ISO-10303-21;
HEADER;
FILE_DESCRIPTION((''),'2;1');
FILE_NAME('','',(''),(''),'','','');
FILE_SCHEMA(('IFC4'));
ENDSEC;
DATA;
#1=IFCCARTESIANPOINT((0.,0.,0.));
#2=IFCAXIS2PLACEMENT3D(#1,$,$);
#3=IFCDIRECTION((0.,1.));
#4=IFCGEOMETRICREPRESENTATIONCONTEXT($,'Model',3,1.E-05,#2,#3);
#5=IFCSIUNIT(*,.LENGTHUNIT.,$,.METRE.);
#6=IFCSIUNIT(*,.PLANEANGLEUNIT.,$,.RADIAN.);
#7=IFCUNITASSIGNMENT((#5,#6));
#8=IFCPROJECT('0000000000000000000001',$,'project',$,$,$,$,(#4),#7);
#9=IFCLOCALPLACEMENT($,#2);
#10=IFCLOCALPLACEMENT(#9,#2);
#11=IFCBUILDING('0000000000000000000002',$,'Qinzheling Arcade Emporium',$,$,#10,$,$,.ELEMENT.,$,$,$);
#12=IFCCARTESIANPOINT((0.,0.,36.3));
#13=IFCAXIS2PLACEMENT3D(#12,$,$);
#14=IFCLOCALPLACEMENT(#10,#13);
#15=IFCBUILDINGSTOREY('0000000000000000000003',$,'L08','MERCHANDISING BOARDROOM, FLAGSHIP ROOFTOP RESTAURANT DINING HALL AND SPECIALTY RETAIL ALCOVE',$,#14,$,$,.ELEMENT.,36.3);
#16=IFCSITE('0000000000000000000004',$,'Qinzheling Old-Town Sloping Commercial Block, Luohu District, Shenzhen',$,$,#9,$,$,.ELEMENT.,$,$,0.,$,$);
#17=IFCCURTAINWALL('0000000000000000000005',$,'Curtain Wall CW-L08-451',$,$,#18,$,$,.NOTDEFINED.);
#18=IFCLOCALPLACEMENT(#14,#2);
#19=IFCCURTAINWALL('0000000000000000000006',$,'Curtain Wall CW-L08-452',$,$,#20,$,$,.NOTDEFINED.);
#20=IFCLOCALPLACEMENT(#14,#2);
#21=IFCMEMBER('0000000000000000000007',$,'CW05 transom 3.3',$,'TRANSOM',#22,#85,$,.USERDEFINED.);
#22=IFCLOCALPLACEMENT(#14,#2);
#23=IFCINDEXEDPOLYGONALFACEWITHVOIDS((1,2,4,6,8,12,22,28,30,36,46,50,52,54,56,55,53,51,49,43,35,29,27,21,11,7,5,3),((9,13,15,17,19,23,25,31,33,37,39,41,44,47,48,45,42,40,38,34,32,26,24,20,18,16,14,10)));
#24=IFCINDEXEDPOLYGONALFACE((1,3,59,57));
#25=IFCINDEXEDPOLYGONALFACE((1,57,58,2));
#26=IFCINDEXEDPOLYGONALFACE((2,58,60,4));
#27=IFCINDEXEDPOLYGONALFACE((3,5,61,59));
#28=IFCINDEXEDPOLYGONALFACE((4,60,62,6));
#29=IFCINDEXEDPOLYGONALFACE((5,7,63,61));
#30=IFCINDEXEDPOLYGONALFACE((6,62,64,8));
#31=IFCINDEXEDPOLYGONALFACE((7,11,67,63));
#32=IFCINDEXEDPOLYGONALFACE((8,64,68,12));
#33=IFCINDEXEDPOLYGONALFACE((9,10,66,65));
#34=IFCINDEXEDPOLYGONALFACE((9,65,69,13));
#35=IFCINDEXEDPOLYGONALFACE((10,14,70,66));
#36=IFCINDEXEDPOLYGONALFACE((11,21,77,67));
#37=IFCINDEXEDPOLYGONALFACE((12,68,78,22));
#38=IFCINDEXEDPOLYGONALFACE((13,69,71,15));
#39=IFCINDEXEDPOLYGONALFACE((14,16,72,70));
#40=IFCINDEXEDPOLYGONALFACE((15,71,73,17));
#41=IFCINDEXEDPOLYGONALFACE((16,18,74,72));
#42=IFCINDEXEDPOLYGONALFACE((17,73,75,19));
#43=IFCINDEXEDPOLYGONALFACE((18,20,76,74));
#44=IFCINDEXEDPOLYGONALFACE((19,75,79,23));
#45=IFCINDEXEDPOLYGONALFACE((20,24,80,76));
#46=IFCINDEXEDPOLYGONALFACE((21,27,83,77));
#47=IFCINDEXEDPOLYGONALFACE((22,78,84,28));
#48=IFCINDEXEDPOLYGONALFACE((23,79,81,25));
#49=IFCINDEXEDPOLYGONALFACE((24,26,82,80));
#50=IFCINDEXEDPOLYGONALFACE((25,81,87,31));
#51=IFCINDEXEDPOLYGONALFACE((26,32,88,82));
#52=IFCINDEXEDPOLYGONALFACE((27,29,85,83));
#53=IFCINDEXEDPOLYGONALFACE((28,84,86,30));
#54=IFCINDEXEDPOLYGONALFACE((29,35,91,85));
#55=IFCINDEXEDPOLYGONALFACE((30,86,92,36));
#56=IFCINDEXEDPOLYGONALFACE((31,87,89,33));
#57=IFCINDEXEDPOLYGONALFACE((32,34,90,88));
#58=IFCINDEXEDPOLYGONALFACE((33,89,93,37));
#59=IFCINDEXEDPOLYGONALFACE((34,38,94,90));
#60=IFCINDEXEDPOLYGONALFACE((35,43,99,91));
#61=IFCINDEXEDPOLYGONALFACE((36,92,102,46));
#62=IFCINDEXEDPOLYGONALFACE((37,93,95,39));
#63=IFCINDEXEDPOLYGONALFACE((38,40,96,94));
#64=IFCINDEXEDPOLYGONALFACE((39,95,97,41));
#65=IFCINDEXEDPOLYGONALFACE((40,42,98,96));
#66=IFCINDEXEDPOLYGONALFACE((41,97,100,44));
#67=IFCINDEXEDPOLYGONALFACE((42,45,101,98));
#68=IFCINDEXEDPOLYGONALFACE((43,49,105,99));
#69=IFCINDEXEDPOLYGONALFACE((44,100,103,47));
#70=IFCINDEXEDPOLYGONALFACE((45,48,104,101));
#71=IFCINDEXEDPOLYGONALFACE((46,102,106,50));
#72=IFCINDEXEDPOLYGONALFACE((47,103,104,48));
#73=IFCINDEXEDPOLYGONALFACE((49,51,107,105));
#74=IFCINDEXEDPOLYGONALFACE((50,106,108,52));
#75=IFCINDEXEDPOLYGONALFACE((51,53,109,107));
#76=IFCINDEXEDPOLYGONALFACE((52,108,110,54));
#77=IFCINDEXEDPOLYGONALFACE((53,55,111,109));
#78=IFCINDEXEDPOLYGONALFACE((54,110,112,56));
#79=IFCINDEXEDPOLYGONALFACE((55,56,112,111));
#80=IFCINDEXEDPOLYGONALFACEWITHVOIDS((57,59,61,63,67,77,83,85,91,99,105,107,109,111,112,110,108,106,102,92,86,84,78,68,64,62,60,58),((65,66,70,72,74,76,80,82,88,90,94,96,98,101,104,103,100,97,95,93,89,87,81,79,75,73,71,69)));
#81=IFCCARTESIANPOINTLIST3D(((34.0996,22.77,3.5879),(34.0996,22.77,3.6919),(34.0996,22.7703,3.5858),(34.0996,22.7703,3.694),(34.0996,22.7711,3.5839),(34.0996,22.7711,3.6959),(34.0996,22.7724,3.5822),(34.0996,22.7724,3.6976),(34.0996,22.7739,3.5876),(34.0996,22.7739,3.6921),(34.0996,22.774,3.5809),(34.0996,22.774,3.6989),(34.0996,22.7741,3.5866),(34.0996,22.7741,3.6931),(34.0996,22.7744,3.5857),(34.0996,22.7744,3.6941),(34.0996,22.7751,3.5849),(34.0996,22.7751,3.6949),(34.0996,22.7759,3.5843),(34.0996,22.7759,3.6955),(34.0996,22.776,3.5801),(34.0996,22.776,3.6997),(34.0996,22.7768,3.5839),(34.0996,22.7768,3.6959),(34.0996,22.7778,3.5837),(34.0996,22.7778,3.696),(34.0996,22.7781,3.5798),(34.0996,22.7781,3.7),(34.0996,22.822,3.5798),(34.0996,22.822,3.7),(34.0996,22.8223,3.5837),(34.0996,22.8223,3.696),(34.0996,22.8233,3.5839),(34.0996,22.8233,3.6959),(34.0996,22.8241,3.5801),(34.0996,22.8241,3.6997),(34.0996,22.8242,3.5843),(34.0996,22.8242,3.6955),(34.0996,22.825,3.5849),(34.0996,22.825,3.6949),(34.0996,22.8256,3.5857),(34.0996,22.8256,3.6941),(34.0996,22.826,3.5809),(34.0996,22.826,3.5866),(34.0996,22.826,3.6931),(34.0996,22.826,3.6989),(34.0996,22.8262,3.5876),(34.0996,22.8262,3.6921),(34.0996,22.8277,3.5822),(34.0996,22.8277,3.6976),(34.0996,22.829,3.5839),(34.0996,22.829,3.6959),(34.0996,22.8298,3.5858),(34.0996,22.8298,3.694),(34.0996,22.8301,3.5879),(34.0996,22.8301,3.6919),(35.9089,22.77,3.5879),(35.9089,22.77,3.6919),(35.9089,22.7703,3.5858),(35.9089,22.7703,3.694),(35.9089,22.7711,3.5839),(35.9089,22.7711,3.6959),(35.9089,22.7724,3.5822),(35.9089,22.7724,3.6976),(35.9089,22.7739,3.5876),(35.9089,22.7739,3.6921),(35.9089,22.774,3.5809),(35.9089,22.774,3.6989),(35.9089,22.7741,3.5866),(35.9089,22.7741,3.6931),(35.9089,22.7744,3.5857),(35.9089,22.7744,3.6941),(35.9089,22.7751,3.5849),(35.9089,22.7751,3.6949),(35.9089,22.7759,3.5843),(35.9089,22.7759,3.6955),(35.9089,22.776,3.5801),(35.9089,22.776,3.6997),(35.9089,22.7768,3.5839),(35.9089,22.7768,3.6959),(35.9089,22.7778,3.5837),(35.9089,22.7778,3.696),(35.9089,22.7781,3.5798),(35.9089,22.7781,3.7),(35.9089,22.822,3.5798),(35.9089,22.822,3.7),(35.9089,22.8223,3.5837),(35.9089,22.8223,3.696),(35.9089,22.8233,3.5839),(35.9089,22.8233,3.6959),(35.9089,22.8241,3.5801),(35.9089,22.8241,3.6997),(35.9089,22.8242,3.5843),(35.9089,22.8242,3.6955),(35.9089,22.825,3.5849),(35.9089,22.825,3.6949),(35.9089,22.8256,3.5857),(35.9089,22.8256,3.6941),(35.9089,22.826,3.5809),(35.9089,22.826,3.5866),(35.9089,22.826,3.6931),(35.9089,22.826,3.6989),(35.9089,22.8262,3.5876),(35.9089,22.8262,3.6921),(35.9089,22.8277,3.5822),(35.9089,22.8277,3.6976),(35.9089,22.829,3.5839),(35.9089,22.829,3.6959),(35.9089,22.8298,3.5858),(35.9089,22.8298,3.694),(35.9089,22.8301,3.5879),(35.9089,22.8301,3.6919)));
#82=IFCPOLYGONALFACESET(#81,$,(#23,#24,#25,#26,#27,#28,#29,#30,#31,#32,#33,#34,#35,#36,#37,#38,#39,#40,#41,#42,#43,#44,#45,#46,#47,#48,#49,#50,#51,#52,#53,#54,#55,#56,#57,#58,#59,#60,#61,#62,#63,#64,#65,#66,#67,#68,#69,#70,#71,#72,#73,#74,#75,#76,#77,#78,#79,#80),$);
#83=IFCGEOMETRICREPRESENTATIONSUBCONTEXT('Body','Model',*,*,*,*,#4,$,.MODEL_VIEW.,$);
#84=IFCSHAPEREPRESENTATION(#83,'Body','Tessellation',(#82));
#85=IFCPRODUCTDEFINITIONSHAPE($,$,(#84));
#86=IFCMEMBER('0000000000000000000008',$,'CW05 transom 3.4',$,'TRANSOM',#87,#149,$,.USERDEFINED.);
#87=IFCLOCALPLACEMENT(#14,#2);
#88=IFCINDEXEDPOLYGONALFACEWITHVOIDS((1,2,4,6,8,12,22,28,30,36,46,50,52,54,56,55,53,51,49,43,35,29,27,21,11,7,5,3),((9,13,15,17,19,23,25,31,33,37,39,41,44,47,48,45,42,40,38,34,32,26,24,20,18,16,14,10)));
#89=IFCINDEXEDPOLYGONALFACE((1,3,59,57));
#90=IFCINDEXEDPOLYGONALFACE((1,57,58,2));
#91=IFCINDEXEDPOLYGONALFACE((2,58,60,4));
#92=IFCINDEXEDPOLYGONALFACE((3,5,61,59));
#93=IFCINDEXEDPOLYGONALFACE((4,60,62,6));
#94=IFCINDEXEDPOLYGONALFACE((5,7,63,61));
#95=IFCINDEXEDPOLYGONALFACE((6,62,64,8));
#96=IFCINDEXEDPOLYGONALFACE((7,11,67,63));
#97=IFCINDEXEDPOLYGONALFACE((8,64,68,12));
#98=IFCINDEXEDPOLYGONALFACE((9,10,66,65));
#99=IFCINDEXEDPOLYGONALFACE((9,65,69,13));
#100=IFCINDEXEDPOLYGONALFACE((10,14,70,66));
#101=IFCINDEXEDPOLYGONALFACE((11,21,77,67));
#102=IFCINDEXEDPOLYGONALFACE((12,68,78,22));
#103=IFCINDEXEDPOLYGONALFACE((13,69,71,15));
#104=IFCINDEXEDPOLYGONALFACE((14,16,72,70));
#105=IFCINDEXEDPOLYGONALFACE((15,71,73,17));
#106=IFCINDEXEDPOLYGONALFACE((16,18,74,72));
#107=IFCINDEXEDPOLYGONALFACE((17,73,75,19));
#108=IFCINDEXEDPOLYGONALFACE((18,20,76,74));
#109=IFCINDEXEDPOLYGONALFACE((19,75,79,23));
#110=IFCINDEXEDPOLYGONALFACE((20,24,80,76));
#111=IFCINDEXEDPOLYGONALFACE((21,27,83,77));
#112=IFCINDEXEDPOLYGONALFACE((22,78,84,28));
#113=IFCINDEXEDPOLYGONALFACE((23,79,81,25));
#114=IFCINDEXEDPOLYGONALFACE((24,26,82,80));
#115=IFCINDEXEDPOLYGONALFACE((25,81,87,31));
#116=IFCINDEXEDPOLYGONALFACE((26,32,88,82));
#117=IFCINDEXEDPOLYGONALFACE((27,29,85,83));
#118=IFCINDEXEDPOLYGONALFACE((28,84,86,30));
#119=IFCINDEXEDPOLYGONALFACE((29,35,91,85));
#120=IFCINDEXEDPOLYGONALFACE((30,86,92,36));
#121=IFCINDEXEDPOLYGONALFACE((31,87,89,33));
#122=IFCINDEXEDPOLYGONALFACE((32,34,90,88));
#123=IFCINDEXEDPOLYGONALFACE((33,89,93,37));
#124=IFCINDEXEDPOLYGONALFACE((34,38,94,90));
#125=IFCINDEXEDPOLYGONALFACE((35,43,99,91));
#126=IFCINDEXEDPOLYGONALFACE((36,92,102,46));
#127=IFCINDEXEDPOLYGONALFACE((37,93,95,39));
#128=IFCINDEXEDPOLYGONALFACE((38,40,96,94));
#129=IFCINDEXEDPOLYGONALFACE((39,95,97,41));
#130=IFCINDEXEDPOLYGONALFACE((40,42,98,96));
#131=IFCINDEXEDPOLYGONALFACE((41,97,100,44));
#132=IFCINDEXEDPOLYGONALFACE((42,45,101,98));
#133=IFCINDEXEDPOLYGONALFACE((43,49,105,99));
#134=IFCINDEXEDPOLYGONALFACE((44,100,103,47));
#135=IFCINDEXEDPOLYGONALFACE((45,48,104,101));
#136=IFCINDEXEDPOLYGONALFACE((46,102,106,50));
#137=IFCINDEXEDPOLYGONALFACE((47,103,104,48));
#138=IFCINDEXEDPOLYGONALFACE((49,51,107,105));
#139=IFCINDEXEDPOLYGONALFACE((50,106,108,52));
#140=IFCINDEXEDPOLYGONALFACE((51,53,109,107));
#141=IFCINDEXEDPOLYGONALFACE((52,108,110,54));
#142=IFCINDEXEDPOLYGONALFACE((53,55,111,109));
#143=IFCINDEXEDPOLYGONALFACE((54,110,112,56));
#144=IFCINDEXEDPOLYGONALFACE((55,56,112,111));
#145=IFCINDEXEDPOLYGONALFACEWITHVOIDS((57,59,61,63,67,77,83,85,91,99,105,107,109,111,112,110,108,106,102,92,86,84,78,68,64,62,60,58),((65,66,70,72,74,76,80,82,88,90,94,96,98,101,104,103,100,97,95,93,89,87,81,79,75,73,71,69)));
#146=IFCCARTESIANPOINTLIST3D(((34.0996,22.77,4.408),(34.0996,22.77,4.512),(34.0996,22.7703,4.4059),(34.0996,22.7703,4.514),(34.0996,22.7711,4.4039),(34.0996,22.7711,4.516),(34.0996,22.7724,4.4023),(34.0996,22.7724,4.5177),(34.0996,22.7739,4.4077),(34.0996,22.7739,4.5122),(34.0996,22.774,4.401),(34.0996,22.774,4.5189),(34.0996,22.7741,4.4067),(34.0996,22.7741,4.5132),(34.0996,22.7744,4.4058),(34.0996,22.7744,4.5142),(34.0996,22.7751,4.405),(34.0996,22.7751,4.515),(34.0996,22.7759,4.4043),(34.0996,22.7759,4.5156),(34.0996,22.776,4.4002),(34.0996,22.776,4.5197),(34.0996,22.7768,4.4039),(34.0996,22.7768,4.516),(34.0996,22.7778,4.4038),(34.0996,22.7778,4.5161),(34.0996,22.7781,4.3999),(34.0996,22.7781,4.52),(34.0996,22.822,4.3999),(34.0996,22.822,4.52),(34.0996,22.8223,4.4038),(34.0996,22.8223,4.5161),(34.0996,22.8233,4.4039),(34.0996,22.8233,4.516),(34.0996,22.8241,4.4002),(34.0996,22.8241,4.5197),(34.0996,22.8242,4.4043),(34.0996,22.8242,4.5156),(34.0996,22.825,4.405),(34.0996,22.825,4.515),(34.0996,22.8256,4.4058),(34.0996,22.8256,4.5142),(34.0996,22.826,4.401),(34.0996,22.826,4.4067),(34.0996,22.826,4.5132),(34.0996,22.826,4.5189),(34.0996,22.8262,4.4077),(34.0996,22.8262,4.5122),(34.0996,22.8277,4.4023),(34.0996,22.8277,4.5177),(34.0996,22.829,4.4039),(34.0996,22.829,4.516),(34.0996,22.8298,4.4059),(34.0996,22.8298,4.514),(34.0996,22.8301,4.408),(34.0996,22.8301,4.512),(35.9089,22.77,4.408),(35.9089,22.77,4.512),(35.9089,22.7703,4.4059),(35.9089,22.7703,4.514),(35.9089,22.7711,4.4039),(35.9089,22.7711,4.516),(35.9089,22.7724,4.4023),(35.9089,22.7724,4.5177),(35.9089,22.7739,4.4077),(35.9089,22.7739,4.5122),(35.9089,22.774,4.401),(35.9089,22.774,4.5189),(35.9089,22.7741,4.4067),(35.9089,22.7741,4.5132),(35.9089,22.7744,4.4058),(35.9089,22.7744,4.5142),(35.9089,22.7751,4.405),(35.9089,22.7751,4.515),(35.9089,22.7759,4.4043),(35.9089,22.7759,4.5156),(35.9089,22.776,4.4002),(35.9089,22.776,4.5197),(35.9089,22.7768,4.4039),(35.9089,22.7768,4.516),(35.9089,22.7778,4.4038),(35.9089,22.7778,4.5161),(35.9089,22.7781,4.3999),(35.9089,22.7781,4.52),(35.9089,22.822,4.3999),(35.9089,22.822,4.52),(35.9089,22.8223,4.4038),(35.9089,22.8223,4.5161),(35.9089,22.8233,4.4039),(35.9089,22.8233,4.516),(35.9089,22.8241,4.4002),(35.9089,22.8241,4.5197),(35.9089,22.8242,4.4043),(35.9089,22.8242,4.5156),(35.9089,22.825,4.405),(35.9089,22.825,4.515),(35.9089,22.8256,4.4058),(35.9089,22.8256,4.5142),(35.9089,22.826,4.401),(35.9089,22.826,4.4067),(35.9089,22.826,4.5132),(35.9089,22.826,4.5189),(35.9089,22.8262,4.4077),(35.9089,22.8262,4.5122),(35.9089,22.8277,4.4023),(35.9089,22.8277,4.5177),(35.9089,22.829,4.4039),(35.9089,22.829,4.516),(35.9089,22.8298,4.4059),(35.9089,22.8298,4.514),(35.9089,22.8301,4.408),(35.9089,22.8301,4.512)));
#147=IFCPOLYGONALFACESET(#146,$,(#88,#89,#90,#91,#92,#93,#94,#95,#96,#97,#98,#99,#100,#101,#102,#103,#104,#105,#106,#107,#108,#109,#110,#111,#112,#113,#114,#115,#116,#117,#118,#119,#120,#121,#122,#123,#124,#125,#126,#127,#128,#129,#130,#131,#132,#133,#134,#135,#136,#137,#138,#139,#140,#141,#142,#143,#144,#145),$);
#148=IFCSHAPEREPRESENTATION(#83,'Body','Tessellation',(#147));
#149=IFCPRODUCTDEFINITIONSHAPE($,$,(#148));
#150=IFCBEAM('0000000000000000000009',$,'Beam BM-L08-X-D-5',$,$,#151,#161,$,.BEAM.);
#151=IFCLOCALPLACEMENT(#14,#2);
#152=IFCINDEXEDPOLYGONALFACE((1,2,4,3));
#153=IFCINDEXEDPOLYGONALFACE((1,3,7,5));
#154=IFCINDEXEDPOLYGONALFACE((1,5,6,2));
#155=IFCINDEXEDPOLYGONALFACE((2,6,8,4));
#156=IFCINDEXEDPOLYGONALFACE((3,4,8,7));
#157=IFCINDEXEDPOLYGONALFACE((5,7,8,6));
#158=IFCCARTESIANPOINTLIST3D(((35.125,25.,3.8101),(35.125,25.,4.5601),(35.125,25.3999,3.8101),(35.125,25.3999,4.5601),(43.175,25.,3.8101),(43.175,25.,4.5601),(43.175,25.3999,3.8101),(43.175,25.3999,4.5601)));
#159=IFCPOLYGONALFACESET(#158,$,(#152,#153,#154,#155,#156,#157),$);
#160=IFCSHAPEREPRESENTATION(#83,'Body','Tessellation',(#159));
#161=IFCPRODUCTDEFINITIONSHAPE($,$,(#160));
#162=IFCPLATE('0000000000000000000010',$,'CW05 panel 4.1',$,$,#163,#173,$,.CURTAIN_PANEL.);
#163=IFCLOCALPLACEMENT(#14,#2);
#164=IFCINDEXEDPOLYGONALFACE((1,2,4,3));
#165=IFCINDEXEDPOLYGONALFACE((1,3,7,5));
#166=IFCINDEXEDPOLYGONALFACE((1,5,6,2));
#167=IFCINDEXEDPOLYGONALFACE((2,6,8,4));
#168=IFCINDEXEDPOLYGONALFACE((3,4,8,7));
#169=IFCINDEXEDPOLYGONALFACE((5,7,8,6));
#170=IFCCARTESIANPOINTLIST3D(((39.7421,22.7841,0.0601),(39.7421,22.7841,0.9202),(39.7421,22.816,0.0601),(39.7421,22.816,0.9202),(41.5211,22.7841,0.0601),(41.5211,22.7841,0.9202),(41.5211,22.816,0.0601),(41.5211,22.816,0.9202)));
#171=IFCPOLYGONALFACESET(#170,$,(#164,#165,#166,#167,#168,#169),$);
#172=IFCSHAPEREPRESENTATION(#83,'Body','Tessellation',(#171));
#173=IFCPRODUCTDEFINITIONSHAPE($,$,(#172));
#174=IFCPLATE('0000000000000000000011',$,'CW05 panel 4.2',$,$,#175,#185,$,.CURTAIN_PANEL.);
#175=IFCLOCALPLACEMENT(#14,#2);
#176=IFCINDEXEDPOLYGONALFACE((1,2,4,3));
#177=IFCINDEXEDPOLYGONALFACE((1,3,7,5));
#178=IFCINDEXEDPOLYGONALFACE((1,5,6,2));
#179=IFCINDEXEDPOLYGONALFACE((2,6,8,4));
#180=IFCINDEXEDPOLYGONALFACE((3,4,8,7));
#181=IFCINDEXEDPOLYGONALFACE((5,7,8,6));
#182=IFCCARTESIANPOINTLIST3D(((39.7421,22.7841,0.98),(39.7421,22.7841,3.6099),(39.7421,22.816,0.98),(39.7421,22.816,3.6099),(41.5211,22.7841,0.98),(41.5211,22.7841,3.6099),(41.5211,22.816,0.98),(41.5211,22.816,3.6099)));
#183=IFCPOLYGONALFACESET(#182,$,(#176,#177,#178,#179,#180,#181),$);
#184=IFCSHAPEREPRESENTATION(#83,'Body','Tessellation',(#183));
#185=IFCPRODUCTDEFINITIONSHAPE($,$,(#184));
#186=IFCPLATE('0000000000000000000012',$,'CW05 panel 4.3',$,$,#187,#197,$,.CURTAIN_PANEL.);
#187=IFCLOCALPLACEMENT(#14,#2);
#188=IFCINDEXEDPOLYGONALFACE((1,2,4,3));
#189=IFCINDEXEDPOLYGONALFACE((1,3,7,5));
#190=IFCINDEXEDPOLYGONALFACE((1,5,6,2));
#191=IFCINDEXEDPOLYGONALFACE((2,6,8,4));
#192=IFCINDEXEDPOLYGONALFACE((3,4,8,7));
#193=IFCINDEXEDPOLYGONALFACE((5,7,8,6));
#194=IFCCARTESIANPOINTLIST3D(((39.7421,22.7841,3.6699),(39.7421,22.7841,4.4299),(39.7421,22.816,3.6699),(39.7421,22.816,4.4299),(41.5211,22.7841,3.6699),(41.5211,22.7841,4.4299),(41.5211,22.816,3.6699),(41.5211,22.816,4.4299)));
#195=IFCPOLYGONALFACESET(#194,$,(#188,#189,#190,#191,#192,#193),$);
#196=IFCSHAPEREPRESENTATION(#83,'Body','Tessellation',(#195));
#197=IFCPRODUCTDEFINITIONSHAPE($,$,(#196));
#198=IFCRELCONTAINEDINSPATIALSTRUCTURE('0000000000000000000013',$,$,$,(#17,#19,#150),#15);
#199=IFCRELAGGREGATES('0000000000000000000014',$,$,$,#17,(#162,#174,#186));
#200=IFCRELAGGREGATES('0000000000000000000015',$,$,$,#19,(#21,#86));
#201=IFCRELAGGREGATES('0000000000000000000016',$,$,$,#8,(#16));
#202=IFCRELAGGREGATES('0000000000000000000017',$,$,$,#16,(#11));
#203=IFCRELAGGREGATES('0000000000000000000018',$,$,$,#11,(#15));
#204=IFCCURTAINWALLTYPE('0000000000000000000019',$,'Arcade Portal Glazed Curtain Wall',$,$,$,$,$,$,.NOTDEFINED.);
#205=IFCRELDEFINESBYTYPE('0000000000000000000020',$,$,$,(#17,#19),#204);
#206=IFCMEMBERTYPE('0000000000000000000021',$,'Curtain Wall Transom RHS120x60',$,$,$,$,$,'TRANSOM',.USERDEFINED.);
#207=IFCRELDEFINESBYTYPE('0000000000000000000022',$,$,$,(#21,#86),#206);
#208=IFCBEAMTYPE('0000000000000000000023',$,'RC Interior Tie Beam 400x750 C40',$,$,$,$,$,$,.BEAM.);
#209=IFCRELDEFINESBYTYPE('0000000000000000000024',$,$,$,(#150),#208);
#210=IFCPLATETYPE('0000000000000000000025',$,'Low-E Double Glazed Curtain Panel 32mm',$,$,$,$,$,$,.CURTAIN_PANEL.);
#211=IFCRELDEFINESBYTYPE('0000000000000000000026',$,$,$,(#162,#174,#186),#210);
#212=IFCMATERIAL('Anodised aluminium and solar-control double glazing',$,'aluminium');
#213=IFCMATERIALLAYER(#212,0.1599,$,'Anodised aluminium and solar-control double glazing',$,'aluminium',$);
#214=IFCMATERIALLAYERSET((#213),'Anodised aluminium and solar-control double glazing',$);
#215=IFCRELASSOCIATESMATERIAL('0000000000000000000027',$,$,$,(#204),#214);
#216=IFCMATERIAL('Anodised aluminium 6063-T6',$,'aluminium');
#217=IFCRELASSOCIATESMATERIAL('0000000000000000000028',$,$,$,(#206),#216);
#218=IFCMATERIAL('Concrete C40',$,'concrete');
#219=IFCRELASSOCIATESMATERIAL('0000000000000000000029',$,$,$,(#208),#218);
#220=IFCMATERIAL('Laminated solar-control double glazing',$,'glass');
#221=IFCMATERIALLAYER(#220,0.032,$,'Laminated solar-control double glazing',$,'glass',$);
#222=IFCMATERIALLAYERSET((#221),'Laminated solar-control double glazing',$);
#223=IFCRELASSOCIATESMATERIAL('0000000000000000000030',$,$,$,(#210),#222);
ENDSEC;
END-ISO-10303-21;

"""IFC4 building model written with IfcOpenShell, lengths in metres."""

from ifc_helpers import new_model, si_unit, direction, frame, origin, origin_2d, place, context, subcontext, project, spatial, rectangle, hollow_rectangle, extrude, material, layer, layer_set, material_profile, profile_set, type_object, element, aggregate, save


model = new_model("IFC4")

# Units and contexts
model_context = context("Model", 3, precision=1e-05, world=origin(), true_north=direction((0.0, 1.0)))
body_context = subcontext(model_context, "Body", "Model", "MODEL_VIEW")
ifc_project = project(units=[si_unit("LENGTHUNIT", "METRE"), si_unit("PLANEANGLEUNIT", "RADIAN")], contexts=[model_context])

# Site, building, storey
site_placement = place(None, origin())
site = spatial("IfcSite", under=ifc_project, at=site_placement, Name="Qinzheling Old-Town Sloping Commercial Block, Luohu District, Shenzhen", CompositionType="ELEMENT", RefElevation=0.0)
building_placement = place(site_placement, origin())
building = spatial("IfcBuilding", under=site, at=building_placement, Name="Qinzheling Arcade Emporium", CompositionType="ELEMENT")
storey_placement = place(building_placement, frame((0.0, 0.0, 36.3)))
storey = spatial("IfcBuildingStorey", under=building, at=storey_placement, Name="L08", Description="MERCHANDISING BOARDROOM, FLAGSHIP ROOFTOP RESTAURANT DINING HALL AND SPECIALTY RETAIL ALCOVE", CompositionType="ELEMENT", Elevation=36.3)

# Curtain wall
ifc_material_1 = material(Name="Anodised aluminium and solar-control double glazing", Category="aluminium")
ifc_layer_1 = layer(ifc_material_1, 0.1599, Name="Anodised aluminium and solar-control double glazing", Category="aluminium")
ifc_layer_set_1 = layer_set([ifc_layer_1], Name="Anodised aluminium and solar-control double glazing")
curtain_wall_type = type_object("IfcCurtainWallType", Name="Arcade Portal Glazed Curtain Wall", PredefinedType="NOTDEFINED", material=ifc_layer_set_1)
curtain_wall_1_placement = place(storey_placement, origin())
curtain_wall_1 = element("IfcCurtainWall", 1, at=curtain_wall_1_placement, inside=storey, type_object=curtain_wall_type, Name="Curtain Wall CW-L08-451", PredefinedType="NOTDEFINED")
ifc_material_2 = material(Name="Anodised aluminium 6063-T6", Category="aluminium")

# Curtain wall, members
curtain_wall_2_placement = place(storey_placement, origin())
curtain_wall_2 = element("IfcCurtainWall", 2, at=curtain_wall_2_placement, inside=storey, type_object=curtain_wall_type, Name="Curtain Wall CW-L08-452", PredefinedType="NOTDEFINED")
ifc_material_profile_1 = material_profile(ifc_material_2, hollow_rectangle(XDim=0.0601, YDim=0.1201, WallThickness=0.0039, InnerFilletRadius=0.0039, OuterFilletRadius=0.0081, at=origin_2d()), Name="RHS 120x60x4", Category="aluminium")
ifc_profile_set_1 = profile_set([ifc_material_profile_1], Name="Anodised aluminium 6063-T6")
member_type_1 = type_object("IfcMemberType", Name="Curtain Wall Transom RHS120x60", ElementType="TRANSOM", PredefinedType="USERDEFINED", material=ifc_profile_set_1)
member_1_placement = place(storey_placement, frame((35.9089, 22.8, 3.6399), z_axis=(-1.0, 0.0, 0.0), x_axis=(0.0, -1.0, 0.0)))
member_1 = element("IfcMember", 3, at=member_1_placement, type_object=member_type_1, Name="CW05 transom 3.3", ObjectType="TRANSOM", PredefinedType="USERDEFINED", context=body_context, shape_type="SweptSolid", body=[
    extrude(hollow_rectangle(XDim=0.0601, YDim=0.1201, WallThickness=0.0039, InnerFilletRadius=0.0039, OuterFilletRadius=0.0081, at=origin_2d()), origin(), (0.0, 0.0, 1.0), 1.8093),
])
member_2_placement = place(storey_placement, frame((35.9089, 22.8, 4.46), z_axis=(-1.0, 0.0, 0.0), x_axis=(0.0, -1.0, 0.0)))
member_2 = element("IfcMember", 4, at=member_2_placement, type_object=member_type_1, Name="CW05 transom 3.4", ObjectType="TRANSOM", PredefinedType="USERDEFINED", context=body_context, shape_type="SweptSolid", body=[
    extrude(hollow_rectangle(XDim=0.0601, YDim=0.1201, WallThickness=0.0039, InnerFilletRadius=0.0039, OuterFilletRadius=0.0081, at=origin_2d()), origin(), (0.0, 0.0, 1.0), 1.8093),
])

# Beam
ifc_material_3 = material(Name="Concrete C40", Category="concrete")
ifc_material_profile_2 = material_profile(ifc_material_3, rectangle(XDim=0.3999, YDim=0.75, at=origin_2d()), Name="RC 400x750", Category="concrete")
ifc_profile_set_2 = profile_set([ifc_material_profile_2], Name="Concrete C40")
beam_type = type_object("IfcBeamType", Name="RC Interior Tie Beam 400x750 C40", PredefinedType="BEAM", material=ifc_profile_set_2)
beam_placement = place(storey_placement, frame((35.125, 25.2, 4.1851), z_axis=(1.0, 0.0, 0.0), x_axis=(0.0, 1.0, 0.0)))
element("IfcBeam", 5, at=beam_placement, inside=storey, type_object=beam_type, Name="Beam BM-L08-X-D-5", PredefinedType="BEAM", context=body_context, shape_type="SweptSolid", body=[
    extrude(rectangle(XDim=0.3999, YDim=0.75, at=origin_2d()), origin(), (0.0, 0.0, 1.0), 8.05),
])

# Plates
ifc_material_4 = material(Name="Laminated solar-control double glazing", Category="glass")
ifc_layer_2 = layer(ifc_material_4, 0.032, Name="Laminated solar-control double glazing", Category="glass")
ifc_layer_set_2 = layer_set([ifc_layer_2], Name="Laminated solar-control double glazing")
plate_type_1 = type_object("IfcPlateType", Name="Low-E Double Glazed Curtain Panel 32mm", PredefinedType="CURTAIN_PANEL", material=ifc_layer_set_2)
plate_1_placement = place(storey_placement, frame((40.6316, 22.8, 0.0601), z_axis=(0.0, 0.0, 1.0), x_axis=(-1.0, 0.0, 0.0)))
plate_1 = element("IfcPlate", 6, at=plate_1_placement, type_object=plate_type_1, Name="CW05 panel 4.1", PredefinedType="CURTAIN_PANEL", context=body_context, shape_type="SweptSolid", body=[
    extrude(rectangle(XDim=1.7791, YDim=0.032, at=origin_2d()), origin(), (0.0, 0.0, 1.0), 0.8601),
])
plate_2_placement = place(storey_placement, frame((40.6316, 22.8, 0.98), z_axis=(0.0, 0.0, 1.0), x_axis=(-1.0, 0.0, 0.0)))
plate_2 = element("IfcPlate", 7, at=plate_2_placement, type_object=plate_type_1, Name="CW05 panel 4.2", PredefinedType="CURTAIN_PANEL", context=body_context, shape_type="SweptSolid", body=[
    extrude(rectangle(XDim=1.7791, YDim=0.032, at=origin_2d()), origin(), (0.0, 0.0, 1.0), 2.6299),
])
plate_3_placement = place(storey_placement, frame((40.6316, 22.8, 3.6699), z_axis=(0.0, 0.0, 1.0), x_axis=(-1.0, 0.0, 0.0)))
plate_3 = element("IfcPlate", 8, at=plate_3_placement, type_object=plate_type_1, Name="CW05 panel 4.3", PredefinedType="CURTAIN_PANEL", context=body_context, shape_type="SweptSolid", body=[
    extrude(rectangle(XDim=1.7791, YDim=0.032, at=origin_2d()), origin(), (0.0, 0.0, 1.0), 0.76),
])
aggregate(curtain_wall_1, [plate_1, plate_2, plate_3])
aggregate(curtain_wall_2, [member_1, member_2])

save(model, "model.ifc")
